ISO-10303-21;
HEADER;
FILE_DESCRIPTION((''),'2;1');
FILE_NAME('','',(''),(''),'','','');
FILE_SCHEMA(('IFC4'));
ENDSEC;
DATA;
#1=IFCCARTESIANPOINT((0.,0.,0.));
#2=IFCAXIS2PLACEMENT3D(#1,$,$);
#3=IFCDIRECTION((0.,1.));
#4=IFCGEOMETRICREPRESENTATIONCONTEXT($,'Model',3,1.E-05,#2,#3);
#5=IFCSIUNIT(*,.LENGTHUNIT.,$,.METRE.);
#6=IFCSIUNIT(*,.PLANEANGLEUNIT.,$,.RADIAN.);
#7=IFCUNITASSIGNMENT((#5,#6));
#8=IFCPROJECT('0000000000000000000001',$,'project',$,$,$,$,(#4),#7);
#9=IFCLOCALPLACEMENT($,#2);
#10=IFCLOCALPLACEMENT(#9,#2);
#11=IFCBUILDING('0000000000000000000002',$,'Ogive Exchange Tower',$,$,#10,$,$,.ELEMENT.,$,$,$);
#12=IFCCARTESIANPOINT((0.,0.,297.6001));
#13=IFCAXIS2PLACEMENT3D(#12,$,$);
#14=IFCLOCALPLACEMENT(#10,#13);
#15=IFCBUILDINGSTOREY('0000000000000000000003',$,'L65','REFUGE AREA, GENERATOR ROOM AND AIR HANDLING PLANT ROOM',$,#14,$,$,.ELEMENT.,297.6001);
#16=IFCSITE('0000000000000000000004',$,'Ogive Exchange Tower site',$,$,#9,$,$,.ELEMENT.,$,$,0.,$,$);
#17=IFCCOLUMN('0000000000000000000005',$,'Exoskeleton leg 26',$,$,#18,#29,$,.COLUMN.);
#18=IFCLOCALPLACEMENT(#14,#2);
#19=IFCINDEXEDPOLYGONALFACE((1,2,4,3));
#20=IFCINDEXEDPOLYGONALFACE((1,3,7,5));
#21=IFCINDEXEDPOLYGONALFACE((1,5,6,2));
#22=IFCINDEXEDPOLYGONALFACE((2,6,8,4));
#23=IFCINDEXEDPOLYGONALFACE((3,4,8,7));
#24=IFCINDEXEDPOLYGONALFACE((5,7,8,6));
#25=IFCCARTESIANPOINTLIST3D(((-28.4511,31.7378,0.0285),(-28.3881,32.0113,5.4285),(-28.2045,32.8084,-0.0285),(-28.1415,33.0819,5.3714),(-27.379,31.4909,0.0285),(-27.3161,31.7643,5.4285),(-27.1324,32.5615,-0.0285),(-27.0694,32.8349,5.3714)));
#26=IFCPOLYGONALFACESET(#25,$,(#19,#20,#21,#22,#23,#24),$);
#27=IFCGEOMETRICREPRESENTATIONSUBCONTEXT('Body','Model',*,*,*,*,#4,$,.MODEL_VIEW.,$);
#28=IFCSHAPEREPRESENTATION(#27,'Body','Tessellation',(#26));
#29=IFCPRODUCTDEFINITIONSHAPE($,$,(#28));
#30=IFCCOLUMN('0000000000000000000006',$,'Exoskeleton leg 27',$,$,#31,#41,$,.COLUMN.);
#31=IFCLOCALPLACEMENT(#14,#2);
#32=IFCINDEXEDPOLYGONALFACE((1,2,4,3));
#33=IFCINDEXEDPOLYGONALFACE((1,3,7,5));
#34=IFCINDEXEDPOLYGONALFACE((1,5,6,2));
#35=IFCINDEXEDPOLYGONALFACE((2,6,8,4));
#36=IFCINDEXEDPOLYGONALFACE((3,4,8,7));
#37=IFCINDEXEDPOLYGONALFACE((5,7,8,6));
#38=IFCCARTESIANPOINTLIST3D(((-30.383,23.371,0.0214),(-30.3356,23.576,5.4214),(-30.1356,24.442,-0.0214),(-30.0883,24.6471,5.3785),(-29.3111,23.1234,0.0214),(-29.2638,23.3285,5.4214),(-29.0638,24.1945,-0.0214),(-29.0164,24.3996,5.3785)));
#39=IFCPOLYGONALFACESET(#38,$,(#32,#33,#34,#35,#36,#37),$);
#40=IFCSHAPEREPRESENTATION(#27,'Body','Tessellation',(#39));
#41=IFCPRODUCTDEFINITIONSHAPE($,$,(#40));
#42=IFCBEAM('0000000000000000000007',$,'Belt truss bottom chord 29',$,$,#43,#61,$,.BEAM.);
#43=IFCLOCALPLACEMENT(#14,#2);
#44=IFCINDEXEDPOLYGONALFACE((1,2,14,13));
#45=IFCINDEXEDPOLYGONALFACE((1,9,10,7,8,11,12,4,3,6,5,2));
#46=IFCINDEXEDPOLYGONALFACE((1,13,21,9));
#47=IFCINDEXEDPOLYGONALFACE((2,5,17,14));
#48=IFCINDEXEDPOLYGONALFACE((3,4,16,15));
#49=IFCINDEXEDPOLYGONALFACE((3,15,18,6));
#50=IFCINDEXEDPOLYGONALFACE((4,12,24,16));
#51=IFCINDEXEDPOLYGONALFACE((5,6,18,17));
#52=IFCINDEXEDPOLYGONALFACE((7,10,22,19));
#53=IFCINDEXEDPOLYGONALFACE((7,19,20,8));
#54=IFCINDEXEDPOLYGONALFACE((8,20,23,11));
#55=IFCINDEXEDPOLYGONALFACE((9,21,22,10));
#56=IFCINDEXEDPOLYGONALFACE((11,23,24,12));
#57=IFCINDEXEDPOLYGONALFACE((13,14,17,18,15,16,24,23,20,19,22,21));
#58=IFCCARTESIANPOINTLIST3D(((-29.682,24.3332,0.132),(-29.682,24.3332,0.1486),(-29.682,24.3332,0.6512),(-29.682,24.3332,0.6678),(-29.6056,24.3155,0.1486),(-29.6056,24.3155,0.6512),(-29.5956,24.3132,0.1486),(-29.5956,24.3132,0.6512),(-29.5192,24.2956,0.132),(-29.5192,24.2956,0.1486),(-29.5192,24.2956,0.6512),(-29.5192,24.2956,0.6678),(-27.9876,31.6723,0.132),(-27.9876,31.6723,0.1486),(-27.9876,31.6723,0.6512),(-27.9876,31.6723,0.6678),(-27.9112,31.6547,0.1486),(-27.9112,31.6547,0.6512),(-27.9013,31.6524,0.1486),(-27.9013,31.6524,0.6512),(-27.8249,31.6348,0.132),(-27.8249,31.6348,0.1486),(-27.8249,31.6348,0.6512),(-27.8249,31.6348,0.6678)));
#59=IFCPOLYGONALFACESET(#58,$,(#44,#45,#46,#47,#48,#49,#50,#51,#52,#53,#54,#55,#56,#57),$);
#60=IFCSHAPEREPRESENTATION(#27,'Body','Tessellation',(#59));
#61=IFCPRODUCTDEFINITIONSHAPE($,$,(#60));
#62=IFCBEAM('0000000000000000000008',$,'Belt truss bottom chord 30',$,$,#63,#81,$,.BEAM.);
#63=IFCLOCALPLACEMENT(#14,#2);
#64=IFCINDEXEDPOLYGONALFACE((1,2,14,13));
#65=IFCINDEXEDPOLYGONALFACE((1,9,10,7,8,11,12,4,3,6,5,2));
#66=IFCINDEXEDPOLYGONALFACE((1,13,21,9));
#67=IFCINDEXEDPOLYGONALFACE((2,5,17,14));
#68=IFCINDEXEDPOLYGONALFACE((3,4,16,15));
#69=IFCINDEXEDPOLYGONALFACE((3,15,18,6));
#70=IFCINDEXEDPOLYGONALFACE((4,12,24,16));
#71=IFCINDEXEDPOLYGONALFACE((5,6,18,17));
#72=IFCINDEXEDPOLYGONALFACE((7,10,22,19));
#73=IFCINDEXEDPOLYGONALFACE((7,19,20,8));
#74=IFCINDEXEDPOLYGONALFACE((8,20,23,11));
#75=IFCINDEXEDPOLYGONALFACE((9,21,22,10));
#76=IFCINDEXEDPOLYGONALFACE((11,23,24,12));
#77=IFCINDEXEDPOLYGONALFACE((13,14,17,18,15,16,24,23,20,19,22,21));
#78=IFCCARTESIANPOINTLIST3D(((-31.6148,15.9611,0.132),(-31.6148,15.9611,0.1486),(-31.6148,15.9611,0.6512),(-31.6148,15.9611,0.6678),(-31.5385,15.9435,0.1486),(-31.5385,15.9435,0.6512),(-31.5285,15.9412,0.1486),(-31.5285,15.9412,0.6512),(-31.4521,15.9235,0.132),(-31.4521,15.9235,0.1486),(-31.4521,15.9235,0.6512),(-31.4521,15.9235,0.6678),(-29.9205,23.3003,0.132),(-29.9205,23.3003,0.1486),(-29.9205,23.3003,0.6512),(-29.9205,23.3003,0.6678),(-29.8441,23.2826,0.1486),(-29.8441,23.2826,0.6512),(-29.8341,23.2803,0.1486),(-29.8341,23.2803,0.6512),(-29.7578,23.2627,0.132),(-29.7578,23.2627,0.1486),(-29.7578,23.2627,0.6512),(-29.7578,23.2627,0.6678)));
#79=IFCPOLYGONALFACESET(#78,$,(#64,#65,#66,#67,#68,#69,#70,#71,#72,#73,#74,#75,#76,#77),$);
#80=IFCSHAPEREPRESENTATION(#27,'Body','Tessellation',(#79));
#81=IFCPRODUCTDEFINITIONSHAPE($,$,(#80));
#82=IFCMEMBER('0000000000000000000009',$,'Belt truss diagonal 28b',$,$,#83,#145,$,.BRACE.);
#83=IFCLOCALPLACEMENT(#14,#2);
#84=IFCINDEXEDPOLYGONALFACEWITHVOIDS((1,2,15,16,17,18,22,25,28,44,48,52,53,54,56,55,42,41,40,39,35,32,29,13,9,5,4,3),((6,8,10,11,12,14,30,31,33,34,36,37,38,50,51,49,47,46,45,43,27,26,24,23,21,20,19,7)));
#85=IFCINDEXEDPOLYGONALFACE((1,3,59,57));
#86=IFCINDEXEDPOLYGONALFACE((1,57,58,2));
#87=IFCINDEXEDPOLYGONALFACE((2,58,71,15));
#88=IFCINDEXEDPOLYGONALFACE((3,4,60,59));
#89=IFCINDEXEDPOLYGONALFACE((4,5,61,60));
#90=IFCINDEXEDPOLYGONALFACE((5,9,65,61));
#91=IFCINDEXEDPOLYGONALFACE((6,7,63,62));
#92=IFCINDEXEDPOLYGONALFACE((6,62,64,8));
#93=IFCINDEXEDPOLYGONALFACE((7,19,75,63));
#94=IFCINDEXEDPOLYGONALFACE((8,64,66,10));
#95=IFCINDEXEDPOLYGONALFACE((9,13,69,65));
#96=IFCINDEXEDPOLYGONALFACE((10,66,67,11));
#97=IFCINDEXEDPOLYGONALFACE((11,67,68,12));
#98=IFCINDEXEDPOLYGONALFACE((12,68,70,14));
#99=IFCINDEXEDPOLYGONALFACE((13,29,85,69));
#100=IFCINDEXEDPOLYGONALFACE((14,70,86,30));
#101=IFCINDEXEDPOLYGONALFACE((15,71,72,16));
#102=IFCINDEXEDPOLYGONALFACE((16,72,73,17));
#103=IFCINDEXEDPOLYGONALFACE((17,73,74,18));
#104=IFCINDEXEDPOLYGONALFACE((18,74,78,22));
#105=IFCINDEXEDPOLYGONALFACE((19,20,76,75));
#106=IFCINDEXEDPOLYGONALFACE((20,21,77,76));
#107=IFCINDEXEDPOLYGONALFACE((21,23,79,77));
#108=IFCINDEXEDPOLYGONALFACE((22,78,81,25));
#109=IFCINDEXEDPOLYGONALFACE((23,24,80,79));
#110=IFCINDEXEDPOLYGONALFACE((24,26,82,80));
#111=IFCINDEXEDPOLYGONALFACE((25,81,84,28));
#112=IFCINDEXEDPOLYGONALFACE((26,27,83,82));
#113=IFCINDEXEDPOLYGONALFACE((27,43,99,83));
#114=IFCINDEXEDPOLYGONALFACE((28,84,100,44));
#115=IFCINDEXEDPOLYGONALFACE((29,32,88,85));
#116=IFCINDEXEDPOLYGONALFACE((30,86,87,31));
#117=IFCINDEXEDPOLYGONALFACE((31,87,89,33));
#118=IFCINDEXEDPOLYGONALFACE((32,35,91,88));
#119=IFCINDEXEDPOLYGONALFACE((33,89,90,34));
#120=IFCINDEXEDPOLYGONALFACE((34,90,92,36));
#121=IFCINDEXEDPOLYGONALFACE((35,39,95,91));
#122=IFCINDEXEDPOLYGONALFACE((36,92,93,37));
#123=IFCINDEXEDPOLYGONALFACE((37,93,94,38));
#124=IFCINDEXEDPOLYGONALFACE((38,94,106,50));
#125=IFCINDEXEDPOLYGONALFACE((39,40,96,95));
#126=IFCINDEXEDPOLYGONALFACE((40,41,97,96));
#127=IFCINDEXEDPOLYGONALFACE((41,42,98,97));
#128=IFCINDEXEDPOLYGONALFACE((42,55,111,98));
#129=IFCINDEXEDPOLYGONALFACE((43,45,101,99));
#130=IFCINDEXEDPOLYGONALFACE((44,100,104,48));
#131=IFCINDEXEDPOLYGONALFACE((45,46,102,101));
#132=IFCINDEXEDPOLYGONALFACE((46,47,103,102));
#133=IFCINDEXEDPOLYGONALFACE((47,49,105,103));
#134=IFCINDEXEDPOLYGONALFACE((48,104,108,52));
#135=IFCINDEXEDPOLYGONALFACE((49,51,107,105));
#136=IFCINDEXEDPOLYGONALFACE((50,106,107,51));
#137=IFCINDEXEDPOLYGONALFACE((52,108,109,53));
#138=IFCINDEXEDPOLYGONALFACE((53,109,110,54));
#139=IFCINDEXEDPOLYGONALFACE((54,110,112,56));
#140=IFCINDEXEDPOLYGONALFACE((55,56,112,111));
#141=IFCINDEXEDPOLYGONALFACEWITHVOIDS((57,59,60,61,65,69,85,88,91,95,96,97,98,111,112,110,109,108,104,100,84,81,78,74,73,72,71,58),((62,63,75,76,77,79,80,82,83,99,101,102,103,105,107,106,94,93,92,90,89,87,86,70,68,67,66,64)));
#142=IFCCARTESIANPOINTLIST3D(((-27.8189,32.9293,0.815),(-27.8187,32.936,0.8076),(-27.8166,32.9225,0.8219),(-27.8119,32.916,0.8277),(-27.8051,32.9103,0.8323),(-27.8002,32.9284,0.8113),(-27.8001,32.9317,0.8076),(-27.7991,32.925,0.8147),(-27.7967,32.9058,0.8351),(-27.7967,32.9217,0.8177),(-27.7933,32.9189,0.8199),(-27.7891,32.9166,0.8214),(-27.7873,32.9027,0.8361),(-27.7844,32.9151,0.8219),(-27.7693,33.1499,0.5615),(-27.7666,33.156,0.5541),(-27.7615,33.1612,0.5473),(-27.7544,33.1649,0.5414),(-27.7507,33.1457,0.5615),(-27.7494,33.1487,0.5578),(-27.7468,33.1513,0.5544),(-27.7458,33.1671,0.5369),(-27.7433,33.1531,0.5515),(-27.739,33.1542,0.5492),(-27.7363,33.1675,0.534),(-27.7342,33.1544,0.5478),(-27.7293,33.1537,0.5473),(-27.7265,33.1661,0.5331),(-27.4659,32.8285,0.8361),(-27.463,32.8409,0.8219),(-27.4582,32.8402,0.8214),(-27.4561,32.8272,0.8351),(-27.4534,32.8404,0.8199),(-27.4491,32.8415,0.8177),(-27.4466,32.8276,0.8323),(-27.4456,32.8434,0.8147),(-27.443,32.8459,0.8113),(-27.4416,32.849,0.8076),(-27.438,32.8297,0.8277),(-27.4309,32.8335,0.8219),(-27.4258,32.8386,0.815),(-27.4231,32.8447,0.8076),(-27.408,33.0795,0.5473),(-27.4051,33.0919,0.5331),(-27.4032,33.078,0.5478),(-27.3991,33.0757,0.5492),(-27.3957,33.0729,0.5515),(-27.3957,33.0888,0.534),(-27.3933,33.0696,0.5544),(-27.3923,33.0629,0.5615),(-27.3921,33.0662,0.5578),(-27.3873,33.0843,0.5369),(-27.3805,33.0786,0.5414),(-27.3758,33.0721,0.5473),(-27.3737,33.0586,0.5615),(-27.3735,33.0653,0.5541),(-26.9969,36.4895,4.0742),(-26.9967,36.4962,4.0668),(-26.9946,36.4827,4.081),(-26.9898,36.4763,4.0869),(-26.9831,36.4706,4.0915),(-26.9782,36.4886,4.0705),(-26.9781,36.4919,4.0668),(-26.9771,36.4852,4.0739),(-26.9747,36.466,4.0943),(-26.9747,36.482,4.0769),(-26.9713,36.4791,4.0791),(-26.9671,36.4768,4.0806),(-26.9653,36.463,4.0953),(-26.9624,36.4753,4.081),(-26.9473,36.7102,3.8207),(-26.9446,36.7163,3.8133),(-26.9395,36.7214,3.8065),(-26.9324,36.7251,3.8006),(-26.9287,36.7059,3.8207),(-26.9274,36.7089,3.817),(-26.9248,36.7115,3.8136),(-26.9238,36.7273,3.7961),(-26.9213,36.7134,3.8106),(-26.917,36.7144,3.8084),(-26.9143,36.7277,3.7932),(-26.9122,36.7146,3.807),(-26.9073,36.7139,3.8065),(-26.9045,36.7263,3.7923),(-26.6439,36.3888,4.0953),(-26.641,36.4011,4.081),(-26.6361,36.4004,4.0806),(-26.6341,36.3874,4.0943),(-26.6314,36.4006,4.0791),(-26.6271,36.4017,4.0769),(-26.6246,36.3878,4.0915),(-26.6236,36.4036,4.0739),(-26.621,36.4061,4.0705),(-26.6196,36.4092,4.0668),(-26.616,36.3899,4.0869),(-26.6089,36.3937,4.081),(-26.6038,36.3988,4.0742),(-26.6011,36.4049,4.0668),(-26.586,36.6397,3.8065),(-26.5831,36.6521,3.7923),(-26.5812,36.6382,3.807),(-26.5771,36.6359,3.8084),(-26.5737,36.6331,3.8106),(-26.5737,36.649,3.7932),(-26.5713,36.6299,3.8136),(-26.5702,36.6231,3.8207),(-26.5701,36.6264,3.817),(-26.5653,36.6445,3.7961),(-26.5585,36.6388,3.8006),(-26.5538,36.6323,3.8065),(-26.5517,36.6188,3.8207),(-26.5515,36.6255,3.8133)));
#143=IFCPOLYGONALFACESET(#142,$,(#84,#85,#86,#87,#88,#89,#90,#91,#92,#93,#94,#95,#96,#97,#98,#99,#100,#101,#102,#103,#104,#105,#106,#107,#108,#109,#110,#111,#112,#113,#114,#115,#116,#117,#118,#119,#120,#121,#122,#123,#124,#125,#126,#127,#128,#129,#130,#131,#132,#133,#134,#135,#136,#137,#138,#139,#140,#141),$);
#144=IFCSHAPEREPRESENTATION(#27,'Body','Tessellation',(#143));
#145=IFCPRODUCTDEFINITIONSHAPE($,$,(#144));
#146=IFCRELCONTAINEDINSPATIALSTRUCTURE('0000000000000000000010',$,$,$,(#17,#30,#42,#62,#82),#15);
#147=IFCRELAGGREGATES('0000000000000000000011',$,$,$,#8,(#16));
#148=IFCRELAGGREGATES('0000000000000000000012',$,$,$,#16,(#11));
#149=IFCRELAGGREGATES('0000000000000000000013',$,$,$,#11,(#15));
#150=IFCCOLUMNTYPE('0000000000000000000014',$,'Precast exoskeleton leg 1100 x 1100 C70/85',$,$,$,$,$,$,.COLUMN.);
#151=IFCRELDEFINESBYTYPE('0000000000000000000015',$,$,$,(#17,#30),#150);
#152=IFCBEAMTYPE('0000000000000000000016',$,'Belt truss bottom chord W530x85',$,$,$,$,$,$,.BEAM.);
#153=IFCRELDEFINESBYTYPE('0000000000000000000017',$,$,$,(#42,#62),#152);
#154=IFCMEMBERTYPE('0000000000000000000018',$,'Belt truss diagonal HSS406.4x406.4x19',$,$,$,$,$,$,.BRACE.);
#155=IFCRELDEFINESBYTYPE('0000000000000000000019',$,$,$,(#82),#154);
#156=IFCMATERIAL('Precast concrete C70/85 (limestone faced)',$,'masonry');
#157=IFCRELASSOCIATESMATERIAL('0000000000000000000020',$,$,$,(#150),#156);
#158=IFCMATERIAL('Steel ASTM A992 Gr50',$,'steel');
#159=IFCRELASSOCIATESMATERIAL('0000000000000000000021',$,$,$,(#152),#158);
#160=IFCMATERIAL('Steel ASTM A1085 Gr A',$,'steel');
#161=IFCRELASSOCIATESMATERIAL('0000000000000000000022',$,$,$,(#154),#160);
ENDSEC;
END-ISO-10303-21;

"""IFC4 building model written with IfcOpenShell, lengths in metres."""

from ifc_helpers import new_model, si_unit, direction, frame, origin, origin_2d, place, context, subcontext, project, spatial, rectangle, hollow_rectangle, i_section, extrude, material, material_profile, profile_set, type_object, element, save


model = new_model("IFC4")

# Units and contexts
model_context = context("Model", 3, precision=1e-05, world=origin(), true_north=direction((0.0, 1.0)))
body_context = subcontext(model_context, "Body", "Model", "MODEL_VIEW")
ifc_project = project(units=[si_unit("LENGTHUNIT", "METRE"), si_unit("PLANEANGLEUNIT", "RADIAN")], contexts=[model_context])

# Site, building, storey
site_placement = place(None, origin())
site = spatial("IfcSite", under=ifc_project, at=site_placement, Name="Ogive Exchange Tower site", CompositionType="ELEMENT", RefElevation=0.0)
building_placement = place(site_placement, origin())
building = spatial("IfcBuilding", under=site, at=building_placement, Name="Ogive Exchange Tower", CompositionType="ELEMENT")
storey_placement = place(building_placement, frame((0.0, 0.0, 297.6001)))
storey = spatial("IfcBuildingStorey", under=building, at=storey_placement, Name="L65", Description="REFUGE AREA, GENERATOR ROOM AND AIR HANDLING PLANT ROOM", CompositionType="ELEMENT", Elevation=297.6001)

# Columns
ifc_material_1 = material(Name="Precast concrete C70/85 (limestone faced)", Category="masonry")
ifc_material_profile_1 = material_profile(ifc_material_1, rectangle(XDim=1.1001, YDim=1.1001, at=origin_2d()), Name="1100 x 1100")
ifc_profile_set_1 = profile_set([ifc_material_profile_1], Name="Precast concrete C70/85 (limestone faced)")
column_type = type_object("IfcColumnType", Name="Precast exoskeleton leg 1100 x 1100 C70/85", PredefinedType="COLUMN", material=ifc_profile_set_1)
column_1_placement = place(storey_placement, frame((-27.7917, 32.1497, 0.0), z_axis=(0.011649, 0.050569, 0.998653), x_axis=(-0.974479, 0.224478, 0.0)))
element("IfcColumn", 1, at=column_1_placement, inside=storey, type_object=column_type, Name="Exoskeleton leg 26", PredefinedType="COLUMN", context=body_context, shape_type="SweptSolid", body=[
    extrude(rectangle(XDim=1.1001, YDim=1.1001, at=origin_2d()), origin(), (0.0, 0.0, 1.0), 5.4072),
])
column_2_placement = place(storey_placement, frame((-29.7234, 23.7827, 0.0), z_axis=(0.008764, 0.037949, 0.999241), x_axis=(-0.974352, 0.225029, 0.0)))
element("IfcColumn", 2, at=column_2_placement, inside=storey, type_object=column_type, Name="Exoskeleton leg 27", PredefinedType="COLUMN", context=body_context, shape_type="SweptSolid", body=[
    extrude(rectangle(XDim=1.1001, YDim=1.1001, at=origin_2d()), origin(), (0.0, 0.0, 1.0), 5.4041),
])

# Beams
ifc_material_2 = material(Name="Steel ASTM A992 Gr50", Category="steel")
ifc_material_profile_2 = material_profile(ifc_material_2, i_section(OverallWidth=0.167, OverallDepth=0.5359, WebThickness=0.0103, FlangeThickness=0.0166, at=origin_2d()), Name="W530x85")
ifc_profile_set_2 = profile_set([ifc_material_profile_2], Name="Steel ASTM A992 Gr50")
beam_type_1 = type_object("IfcBeamType", Name="Belt truss bottom chord W530x85", PredefinedType="BEAM", material=ifc_profile_set_2)
for number, where, z_axis, x_axis, name in (
    (3, (-27.9062, 31.6536, 0.3999), (-0.224947, -0.974371, 0.0), (0.974371, -0.224947, 0.0), "Belt truss bottom chord 29"),
    (4, (-29.8391, 23.2815, 0.3999), (-0.224947, -0.974371, 0.0), (0.974371, -0.224947, 0.0), "Belt truss bottom chord 30"),
):
    element("IfcBeam", number, at=place(storey_placement, frame(where, z_axis=z_axis, x_axis=x_axis)), inside=storey, type_object=beam_type_1, Name=name, PredefinedType="BEAM", context=body_context, shape_type="SweptSolid", body=[
        extrude(i_section(OverallWidth=0.167, OverallDepth=0.5359, WebThickness=0.0103, FlangeThickness=0.0166, at=origin_2d()), origin(), (0.0, 0.0, 1.0), 7.5322),
    ])

# Member
ifc_material_3 = material(Name="Steel ASTM A1085 Gr A", Category="steel")
ifc_material_profile_3 = material_profile(ifc_material_3, hollow_rectangle(XDim=0.406, YDim=0.406, WallThickness=0.019, InnerFilletRadius=0.019, OuterFilletRadius=0.0381, at=origin_2d()), Name="HSS406.4x406.4x19")
ifc_profile_set_3 = profile_set([ifc_material_profile_3], Name="Steel ASTM A1085 Gr A")
member_type_1 = type_object("IfcMemberType", Name="Belt truss diagonal HSS406.4x406.4x19", PredefinedType="BRACE", material=ifc_profile_set_3)
member_1_placement = place(storey_placement, frame((-27.5962, 32.9973, 0.6846), z_axis=(0.167884, 0.727132, 0.665653), x_axis=(-0.974366, 0.224967, 0.0)))
element("IfcMember", 5, at=member_1_placement, inside=storey, type_object=member_type_1, Name="Belt truss diagonal 28b", PredefinedType="BRACE", context=body_context, shape_type="SweptSolid", body=[
    extrude(hollow_rectangle(XDim=0.406, YDim=0.406, WallThickness=0.019, InnerFilletRadius=0.019, OuterFilletRadius=0.0381, at=origin_2d()), origin(), (0.0, 0.0, 1.0), 4.8962),
])

save(model, "model.ifc")
